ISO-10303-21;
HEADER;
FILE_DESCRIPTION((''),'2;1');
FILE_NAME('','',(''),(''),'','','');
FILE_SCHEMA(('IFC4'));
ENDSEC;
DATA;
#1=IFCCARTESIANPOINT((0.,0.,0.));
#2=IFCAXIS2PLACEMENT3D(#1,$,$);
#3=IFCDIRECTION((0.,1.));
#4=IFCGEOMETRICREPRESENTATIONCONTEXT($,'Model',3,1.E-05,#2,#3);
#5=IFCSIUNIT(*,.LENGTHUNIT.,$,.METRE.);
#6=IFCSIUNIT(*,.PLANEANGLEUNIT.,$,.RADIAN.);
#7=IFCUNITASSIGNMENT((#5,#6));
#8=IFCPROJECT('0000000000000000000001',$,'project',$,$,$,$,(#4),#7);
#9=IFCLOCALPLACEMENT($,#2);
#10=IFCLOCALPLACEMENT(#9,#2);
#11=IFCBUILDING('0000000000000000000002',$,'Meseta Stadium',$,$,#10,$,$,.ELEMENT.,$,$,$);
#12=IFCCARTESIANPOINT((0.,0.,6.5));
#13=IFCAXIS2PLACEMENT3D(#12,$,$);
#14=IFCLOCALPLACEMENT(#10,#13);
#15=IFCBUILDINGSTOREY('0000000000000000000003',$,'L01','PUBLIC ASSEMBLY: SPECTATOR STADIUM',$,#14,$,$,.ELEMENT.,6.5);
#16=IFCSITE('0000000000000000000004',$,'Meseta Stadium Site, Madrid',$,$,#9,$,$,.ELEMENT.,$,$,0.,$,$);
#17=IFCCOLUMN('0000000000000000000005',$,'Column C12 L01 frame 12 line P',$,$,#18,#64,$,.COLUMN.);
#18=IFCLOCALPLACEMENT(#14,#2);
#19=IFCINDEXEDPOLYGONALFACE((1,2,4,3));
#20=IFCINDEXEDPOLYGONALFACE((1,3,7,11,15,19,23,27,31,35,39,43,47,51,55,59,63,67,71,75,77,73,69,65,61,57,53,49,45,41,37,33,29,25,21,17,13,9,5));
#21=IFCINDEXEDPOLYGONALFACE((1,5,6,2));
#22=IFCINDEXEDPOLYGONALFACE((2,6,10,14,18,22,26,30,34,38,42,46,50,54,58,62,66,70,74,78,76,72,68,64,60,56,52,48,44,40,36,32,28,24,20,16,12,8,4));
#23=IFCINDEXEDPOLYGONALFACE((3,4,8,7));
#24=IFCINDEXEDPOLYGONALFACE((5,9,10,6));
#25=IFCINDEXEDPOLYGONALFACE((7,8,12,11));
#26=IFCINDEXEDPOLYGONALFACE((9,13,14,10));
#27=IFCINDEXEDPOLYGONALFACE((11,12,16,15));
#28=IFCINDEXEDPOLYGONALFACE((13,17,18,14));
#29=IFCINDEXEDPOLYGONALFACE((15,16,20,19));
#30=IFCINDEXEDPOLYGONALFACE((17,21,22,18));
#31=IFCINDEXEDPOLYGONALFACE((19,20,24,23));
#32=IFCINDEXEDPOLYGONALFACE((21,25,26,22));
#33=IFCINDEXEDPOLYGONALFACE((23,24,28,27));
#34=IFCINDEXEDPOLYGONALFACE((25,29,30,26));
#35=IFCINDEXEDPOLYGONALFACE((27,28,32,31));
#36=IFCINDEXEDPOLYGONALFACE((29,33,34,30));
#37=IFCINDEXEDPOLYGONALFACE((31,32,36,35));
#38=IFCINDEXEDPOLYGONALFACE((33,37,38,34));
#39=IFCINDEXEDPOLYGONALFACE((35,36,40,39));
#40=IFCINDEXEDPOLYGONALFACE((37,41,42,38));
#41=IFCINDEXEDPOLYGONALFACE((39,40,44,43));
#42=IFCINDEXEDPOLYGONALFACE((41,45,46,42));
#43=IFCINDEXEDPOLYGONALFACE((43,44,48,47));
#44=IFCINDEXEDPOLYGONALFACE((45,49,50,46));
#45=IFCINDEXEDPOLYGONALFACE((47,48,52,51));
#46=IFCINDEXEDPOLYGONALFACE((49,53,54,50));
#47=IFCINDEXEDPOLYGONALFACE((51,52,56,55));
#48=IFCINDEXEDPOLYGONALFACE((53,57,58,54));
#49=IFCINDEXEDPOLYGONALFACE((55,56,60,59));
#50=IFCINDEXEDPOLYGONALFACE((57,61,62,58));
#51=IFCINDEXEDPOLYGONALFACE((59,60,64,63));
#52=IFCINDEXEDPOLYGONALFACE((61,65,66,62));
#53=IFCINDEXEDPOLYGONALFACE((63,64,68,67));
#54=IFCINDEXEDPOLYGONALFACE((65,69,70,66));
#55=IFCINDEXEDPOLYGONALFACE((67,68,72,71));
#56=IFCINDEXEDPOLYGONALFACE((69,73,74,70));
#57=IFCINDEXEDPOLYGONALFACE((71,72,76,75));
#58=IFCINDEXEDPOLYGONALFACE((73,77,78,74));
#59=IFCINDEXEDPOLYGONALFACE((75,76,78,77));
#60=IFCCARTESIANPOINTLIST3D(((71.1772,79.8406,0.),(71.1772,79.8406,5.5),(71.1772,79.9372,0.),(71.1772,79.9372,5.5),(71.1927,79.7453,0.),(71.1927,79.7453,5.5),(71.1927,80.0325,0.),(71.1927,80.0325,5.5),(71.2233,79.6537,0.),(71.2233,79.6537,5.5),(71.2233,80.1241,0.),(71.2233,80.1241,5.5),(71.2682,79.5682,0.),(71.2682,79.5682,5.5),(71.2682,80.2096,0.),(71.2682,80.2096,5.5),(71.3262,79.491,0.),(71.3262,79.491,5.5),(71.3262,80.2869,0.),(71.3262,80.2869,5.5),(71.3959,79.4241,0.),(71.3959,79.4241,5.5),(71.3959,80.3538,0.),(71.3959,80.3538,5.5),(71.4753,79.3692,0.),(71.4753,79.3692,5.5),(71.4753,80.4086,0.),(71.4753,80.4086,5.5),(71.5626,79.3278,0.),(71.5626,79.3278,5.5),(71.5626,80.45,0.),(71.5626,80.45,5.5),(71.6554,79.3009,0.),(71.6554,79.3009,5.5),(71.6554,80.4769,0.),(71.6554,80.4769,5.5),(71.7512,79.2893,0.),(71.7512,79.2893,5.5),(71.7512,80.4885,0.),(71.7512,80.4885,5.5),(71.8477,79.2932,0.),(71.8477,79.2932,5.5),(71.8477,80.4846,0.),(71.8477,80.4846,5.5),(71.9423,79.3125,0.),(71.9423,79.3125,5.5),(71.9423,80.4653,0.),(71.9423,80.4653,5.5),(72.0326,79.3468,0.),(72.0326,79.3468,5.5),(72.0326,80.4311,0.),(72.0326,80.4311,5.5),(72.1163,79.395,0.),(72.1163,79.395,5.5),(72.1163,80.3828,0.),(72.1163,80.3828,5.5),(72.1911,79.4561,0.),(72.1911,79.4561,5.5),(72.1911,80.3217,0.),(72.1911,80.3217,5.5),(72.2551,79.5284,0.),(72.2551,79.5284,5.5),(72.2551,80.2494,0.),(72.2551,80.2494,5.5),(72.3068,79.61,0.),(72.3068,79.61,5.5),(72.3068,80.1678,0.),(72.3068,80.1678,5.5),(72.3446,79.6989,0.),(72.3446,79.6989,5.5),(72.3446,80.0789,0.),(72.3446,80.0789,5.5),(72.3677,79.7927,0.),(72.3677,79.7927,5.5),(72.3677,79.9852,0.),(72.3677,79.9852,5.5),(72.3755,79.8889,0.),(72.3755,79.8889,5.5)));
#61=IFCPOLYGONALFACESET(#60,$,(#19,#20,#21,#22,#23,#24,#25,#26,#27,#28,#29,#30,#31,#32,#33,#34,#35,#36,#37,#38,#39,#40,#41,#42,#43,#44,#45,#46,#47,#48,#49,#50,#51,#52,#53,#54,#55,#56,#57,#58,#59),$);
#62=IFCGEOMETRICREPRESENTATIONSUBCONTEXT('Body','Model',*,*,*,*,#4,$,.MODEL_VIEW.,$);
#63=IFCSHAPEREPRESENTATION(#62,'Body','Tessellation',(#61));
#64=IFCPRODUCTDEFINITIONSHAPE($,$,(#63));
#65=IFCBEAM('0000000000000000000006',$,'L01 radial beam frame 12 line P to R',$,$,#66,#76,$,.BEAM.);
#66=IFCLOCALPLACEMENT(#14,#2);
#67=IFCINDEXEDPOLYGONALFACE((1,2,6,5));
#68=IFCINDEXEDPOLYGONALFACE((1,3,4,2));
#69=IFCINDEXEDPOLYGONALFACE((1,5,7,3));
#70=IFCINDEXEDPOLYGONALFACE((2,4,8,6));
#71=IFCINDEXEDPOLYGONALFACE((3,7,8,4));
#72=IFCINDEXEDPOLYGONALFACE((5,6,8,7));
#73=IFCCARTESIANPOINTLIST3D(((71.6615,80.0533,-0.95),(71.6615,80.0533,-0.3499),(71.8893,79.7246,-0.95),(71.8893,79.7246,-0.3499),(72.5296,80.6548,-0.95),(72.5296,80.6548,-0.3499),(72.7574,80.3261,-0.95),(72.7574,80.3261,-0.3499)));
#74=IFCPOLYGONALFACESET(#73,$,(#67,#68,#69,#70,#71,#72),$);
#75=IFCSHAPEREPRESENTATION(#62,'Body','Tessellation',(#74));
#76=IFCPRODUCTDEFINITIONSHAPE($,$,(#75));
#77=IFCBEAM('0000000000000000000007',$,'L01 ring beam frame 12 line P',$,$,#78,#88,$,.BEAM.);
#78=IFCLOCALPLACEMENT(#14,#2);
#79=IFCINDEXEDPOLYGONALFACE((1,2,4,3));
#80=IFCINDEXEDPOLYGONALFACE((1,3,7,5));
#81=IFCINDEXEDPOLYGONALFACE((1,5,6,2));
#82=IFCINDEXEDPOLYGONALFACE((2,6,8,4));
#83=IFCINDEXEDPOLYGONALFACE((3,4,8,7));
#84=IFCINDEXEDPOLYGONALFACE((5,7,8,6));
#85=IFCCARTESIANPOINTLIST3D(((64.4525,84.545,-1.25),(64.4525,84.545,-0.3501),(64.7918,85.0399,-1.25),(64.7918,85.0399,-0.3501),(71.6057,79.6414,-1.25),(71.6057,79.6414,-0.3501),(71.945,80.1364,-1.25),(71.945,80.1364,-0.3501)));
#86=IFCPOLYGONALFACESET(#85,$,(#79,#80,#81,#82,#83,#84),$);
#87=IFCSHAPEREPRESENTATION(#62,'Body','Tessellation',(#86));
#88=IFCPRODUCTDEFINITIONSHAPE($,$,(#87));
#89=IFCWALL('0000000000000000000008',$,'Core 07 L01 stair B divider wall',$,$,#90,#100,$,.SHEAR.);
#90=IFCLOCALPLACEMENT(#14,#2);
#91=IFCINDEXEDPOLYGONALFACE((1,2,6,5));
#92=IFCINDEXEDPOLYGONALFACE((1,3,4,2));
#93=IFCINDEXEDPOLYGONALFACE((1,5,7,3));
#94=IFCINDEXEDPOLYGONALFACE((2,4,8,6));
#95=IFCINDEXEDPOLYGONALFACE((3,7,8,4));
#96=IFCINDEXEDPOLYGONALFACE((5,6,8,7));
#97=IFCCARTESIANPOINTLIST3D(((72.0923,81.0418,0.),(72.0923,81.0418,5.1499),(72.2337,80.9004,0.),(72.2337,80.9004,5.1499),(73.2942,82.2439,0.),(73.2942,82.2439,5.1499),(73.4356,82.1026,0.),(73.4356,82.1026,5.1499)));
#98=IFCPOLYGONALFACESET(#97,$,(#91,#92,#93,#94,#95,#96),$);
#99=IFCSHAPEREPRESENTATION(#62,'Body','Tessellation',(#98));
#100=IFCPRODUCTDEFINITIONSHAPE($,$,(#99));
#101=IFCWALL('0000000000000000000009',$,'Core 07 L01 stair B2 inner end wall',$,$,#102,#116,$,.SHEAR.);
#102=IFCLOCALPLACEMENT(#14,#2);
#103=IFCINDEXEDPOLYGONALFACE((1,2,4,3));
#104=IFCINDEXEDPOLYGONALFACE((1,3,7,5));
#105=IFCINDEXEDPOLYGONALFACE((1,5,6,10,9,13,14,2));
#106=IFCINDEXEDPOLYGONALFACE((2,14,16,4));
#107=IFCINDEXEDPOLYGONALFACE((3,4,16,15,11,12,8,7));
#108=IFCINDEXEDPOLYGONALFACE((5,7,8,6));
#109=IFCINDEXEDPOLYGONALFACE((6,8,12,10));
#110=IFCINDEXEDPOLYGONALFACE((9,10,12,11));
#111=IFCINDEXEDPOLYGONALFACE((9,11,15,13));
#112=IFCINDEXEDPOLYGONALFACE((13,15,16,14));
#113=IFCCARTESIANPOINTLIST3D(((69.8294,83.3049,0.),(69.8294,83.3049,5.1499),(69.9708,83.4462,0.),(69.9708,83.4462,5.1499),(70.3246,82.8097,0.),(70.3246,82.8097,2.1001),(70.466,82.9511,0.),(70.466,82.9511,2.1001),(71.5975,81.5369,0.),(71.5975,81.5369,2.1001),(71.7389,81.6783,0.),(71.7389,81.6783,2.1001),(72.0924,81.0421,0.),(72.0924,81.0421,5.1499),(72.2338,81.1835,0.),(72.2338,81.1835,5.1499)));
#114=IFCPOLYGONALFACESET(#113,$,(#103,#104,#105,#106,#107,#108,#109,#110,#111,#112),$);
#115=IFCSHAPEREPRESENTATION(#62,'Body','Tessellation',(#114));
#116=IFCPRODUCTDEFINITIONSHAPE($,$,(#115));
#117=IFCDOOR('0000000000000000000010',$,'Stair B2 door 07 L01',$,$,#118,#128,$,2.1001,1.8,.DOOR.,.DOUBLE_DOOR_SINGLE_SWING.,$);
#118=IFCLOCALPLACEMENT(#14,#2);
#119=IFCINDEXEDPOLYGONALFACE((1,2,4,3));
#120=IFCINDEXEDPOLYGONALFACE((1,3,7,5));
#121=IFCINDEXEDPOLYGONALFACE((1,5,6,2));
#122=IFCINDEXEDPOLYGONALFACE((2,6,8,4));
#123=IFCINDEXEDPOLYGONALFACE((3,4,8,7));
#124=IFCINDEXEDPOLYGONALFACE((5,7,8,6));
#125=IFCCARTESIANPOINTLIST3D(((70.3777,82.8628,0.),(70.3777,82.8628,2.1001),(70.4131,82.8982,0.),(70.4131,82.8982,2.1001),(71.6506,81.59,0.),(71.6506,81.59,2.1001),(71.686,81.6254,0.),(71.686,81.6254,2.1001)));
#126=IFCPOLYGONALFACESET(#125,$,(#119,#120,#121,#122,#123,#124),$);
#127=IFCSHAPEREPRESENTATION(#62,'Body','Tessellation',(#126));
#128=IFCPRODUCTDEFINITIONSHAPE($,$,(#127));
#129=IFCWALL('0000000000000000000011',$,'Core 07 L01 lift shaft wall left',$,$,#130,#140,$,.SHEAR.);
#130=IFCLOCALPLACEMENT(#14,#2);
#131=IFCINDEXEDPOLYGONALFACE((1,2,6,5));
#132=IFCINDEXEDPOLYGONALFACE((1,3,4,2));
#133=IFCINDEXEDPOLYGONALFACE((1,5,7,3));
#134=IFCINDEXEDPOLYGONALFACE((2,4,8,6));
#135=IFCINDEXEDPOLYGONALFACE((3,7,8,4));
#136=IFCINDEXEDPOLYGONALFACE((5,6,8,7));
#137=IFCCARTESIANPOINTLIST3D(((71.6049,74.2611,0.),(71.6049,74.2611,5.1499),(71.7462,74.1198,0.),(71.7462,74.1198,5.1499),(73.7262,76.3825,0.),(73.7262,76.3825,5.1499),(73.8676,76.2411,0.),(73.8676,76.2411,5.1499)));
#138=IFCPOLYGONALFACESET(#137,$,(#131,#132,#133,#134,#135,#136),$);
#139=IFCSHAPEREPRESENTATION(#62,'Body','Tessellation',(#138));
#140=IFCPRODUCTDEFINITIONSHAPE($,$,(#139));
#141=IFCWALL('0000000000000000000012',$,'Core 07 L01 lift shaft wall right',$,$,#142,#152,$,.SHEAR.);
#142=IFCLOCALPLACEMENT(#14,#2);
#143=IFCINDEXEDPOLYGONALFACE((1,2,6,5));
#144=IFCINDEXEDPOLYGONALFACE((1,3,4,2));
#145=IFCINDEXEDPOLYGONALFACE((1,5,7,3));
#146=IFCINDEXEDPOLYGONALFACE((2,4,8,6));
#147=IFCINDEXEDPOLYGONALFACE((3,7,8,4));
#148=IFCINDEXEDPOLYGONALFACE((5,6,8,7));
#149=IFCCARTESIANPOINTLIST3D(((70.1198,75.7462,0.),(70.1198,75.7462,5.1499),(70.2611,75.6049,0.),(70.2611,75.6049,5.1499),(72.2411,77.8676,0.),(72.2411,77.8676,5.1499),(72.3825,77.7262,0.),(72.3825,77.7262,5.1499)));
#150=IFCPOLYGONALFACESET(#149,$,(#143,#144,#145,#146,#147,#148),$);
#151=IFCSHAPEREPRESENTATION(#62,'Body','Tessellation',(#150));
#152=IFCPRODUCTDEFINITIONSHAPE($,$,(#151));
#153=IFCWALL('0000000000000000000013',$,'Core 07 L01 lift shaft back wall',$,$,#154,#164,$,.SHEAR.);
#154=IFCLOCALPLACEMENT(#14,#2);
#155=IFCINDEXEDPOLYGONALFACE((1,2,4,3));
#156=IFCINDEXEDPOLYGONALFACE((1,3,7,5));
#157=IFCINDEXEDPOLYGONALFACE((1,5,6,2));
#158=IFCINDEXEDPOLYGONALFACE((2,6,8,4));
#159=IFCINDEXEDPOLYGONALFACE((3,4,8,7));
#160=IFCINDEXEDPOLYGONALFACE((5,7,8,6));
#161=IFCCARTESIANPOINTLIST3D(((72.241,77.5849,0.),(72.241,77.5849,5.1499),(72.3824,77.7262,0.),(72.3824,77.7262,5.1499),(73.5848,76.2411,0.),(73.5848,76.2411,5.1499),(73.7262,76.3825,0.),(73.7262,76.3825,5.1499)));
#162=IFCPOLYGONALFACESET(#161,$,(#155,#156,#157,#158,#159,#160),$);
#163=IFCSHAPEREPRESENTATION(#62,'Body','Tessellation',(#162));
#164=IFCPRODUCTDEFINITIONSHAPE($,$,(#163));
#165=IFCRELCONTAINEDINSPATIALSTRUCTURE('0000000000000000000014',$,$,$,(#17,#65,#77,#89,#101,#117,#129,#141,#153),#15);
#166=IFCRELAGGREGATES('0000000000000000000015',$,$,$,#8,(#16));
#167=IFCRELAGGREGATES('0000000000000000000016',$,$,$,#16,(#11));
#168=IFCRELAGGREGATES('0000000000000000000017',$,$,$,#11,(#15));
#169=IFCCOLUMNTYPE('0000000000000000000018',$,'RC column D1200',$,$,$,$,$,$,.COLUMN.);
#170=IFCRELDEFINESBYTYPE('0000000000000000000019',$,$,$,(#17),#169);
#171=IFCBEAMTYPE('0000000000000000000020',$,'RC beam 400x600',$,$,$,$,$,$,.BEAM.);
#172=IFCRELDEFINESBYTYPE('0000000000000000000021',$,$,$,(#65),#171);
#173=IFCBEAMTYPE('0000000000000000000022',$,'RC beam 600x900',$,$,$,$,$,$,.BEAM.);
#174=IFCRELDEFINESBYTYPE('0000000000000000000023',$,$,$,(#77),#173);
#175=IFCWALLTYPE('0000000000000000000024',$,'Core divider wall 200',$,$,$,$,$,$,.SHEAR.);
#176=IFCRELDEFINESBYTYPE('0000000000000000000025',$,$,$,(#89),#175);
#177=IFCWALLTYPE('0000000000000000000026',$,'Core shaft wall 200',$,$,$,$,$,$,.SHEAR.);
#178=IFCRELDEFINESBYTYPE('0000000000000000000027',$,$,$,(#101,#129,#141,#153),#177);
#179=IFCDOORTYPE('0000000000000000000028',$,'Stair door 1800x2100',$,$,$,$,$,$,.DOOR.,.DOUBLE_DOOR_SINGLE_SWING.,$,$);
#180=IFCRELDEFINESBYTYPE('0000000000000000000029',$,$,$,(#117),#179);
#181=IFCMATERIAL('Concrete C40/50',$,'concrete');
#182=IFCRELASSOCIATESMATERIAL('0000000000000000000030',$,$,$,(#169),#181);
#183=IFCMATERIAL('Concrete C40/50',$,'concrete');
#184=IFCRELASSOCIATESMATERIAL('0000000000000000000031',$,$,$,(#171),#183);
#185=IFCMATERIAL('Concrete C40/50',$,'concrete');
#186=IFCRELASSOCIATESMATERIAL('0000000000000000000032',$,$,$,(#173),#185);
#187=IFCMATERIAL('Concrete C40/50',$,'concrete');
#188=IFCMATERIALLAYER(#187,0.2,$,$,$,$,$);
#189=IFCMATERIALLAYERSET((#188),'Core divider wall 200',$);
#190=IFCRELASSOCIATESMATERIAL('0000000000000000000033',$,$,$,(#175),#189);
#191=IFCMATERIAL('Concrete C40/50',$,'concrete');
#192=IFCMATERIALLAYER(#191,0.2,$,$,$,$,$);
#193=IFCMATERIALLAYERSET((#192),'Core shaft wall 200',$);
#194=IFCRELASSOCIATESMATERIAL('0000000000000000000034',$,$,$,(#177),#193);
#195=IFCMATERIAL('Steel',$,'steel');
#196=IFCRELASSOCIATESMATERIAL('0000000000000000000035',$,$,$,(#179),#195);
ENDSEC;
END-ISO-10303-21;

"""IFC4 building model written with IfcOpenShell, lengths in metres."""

from ifc_helpers import new_model, si_unit, direction, frame, frame_2d, origin, origin_2d, place, context, subcontext, project, spatial, rectangle, circle, extrude, material, layer, layer_set, material_profile, profile_set, type_object, element, fill, save


model = new_model("IFC4")

# Units and contexts
model_context = context("Model", 3, precision=1e-05, world=origin(), true_north=direction((0.0, 1.0)))
body_context = subcontext(model_context, "Body", "Model", "MODEL_VIEW")
ifc_project = project(units=[si_unit("LENGTHUNIT", "METRE"), si_unit("PLANEANGLEUNIT", "RADIAN")], contexts=[model_context])

# Site, building, storey
site_placement = place(None, origin())
site = spatial("IfcSite", under=ifc_project, at=site_placement, Name="Meseta Stadium Site, Madrid", CompositionType="ELEMENT", RefElevation=0.0)
building_placement = place(site_placement, origin())
building = spatial("IfcBuilding", under=site, at=building_placement, Name="Meseta Stadium", CompositionType="ELEMENT")
storey_placement = place(building_placement, frame((0.0, 0.0, 6.5)))
storey = spatial("IfcBuildingStorey", under=building, at=storey_placement, Name="L01", Description="PUBLIC ASSEMBLY: SPECTATOR STADIUM", CompositionType="ELEMENT", Elevation=6.5)

# Column
ifc_material_1 = material(Name="Concrete C40/50", Category="concrete")
ifc_material_profile_1 = material_profile(ifc_material_1, circle(Radius=0.6001, at=origin_2d()), Name="RC D1200")
ifc_profile_set_1 = profile_set([ifc_material_profile_1], Name="Concrete C40/50")
column_type = type_object("IfcColumnType", Name="RC column D1200", PredefinedType="COLUMN", material=ifc_profile_set_1)
column_placement = place(storey_placement, frame((71.7754, 79.8889, 0.0), z_axis=(0.0, 0.0, 1.0), x_axis=(1.0, 0.0, 0.0)))
element("IfcColumn", 1, at=column_placement, inside=storey, type_object=column_type, Name="Column C12 L01 frame 12 line P", PredefinedType="COLUMN", context=body_context, shape_type="SweptSolid", body=[
    extrude(circle(Radius=0.6001, at=origin_2d()), origin(), (0.0, 0.0, 1.0), 5.5),
])

# Beams
ifc_material_2 = material(Name="Concrete C40/50", Category="concrete")
ifc_material_profile_2 = material_profile(ifc_material_2, rectangle(XDim=0.3999, YDim=0.6001, at=origin_2d()), Name="RC 400x600")
ifc_profile_set_2 = profile_set([ifc_material_profile_2], Name="Concrete C40/50")
beam_type_1 = type_object("IfcBeamType", Name="RC beam 400x600", PredefinedType="BEAM", material=ifc_profile_set_2)
beam_1_placement = place(storey_placement, frame((71.7754, 79.8889, -0.6499), z_axis=(0.821959, 0.569546, 0.0), x_axis=(-0.569546, 0.821959, 0.0)))
element("IfcBeam", 2, at=beam_1_placement, inside=storey, type_object=beam_type_1, Name="L01 radial beam frame 12 line P to R", PredefinedType="BEAM", context=body_context, shape_type="SweptSolid", body=[
    extrude(rectangle(XDim=0.3999, YDim=0.6001, at=origin_2d()), origin(), (0.0, 0.0, 1.0), 1.0562),
])
ifc_material_3 = material(Name="Concrete C40/50", Category="concrete")
ifc_material_profile_3 = material_profile(ifc_material_3, rectangle(XDim=0.6001, YDim=0.8999, at=origin_2d()), Name="RC 600x900")
ifc_profile_set_3 = profile_set([ifc_material_profile_3], Name="Concrete C40/50")
beam_type_2 = type_object("IfcBeamType", Name="RC beam 600x900", PredefinedType="BEAM", material=ifc_profile_set_3)
beam_2_placement = place(storey_placement, frame((71.7754, 79.8889, -0.8), z_axis=(-0.824813, 0.565405, 0.0), x_axis=(-0.565405, -0.824813, 0.0)))
element("IfcBeam", 3, at=beam_2_placement, inside=storey, type_object=beam_type_2, Name="L01 ring beam frame 12 line P", PredefinedType="BEAM", context=body_context, shape_type="SweptSolid", body=[
    extrude(rectangle(XDim=0.6001, YDim=0.8999, at=origin_2d()), origin(), (0.0, 0.0, 1.0), 8.6726),
])

# Wall
ifc_material_4 = material(Name="Concrete C40/50", Category="concrete")
ifc_layer_1 = layer(ifc_material_4, 0.2)
ifc_layer_set_1 = layer_set([ifc_layer_1], Name="Core divider wall 200")
wall_type_1 = type_object("IfcWallType", Name="Core divider wall 200", PredefinedType="SHEAR", material=ifc_layer_set_1)
wall_1_placement = place(storey_placement, frame((73.365, 82.1733, 0.0), z_axis=(0.0, 0.0, 1.0), x_axis=(-0.707035, -0.707179, 0.0)))
element("IfcWall", 4, at=wall_1_placement, inside=storey, type_object=wall_type_1, Name="Core 07 L01 stair B divider wall", PredefinedType="SHEAR", context=body_context, shape_type="SweptSolid", body=[
    extrude(rectangle(XDim=1.7, YDim=0.2, at=frame_2d((0.8501, 0.0))), origin(), (0.0, 0.0, 1.0), 5.1499),
])

# Wall, opening, door
ifc_material_5 = material(Name="Concrete C40/50", Category="concrete")
ifc_layer_2 = layer(ifc_material_5, 0.2)
ifc_layer_set_2 = layer_set([ifc_layer_2], Name="Core shaft wall 200")
wall_type_2 = type_object("IfcWallType", Name="Core shaft wall 200", PredefinedType="SHEAR", material=ifc_layer_set_2)
wall_2_placement = place(storey_placement, frame((72.1631, 81.1128, 0.0), z_axis=(0.0, 0.0, 1.0), x_axis=(-0.707145, 0.707069, 0.0)))
wall_2 = element("IfcWall", 5, at=wall_2_placement, inside=storey, type_object=wall_type_2, Name="Core 07 L01 stair B2 inner end wall", PredefinedType="SHEAR", context=body_context, shape_type="SweptSolid", body=[
    extrude(rectangle(XDim=3.2002, YDim=0.2, at=frame_2d((1.6001, 0.0))), origin(), (0.0, 0.0, 1.0), 5.1499),
])
opening_1_placement = place(wall_2_placement, frame((0.7, 0.0, 0.0)))
opening_1 = element("IfcOpeningElement", 6, at=opening_1_placement, cuts=wall_2, PredefinedType="OPENING", context=body_context, shape_type="SweptSolid", body=[
    extrude(rectangle(XDim=1.8, YDim=2.1001, at=frame_2d((0.8999, 1.05))), frame((0.0, 0.1099, 0.0), z_axis=(0.0, -1.0, 0.0), x_axis=(1.0, 0.0, 0.0)), (0.0, 0.0, 1.0), 0.22),
])
ifc_material_6 = material(Name="Steel", Category="steel")
door_type_1 = type_object("IfcDoorType", Name="Stair door 1800x2100", OperationType="DOUBLE_DOOR_SINGLE_SWING", PredefinedType="DOOR", material=ifc_material_6)
door_1_placement = place(opening_1_placement, origin())
door_1 = element("IfcDoor", 7, at=door_1_placement, inside=storey, type_object=door_type_1, Name="Stair B2 door 07 L01", OperationType="DOUBLE_DOOR_SINGLE_SWING", OverallHeight=2.1001, OverallWidth=1.8, PredefinedType="DOOR", context=body_context, shape_type="SweptSolid", body=[
    extrude(rectangle(XDim=1.8, YDim=2.1001, at=frame_2d((0.8999, 1.05))), frame((0.0, 0.0249, 0.0), z_axis=(0.0, -1.0, 0.0), x_axis=(1.0, 0.0, 0.0)), (0.0, 0.0, 1.0), 0.05),
])
fill(opening_1, door_1)

# Walls
for number, where, z_axis, x_axis, name in (
    (8, (73.7969, 76.3118, 0.0), (0.0, 0.0, 1.0), (-0.707107, -0.707107, 0.0), "Core 07 L01 lift shaft wall left"),
    (9, (72.3118, 77.7969, 0.0), (0.0, 0.0, 1.0), (-0.707107, -0.707107, 0.0), "Core 07 L01 lift shaft wall right"),
):
    element("IfcWall", number, at=place(storey_placement, frame(where, z_axis=z_axis, x_axis=x_axis)), inside=storey, type_object=wall_type_2, Name=name, PredefinedType="SHEAR", context=body_context, shape_type="SweptSolid", body=[
        extrude(rectangle(XDim=3.0, YDim=0.2, at=frame_2d((1.5, 0.0))), origin(), (0.0, 0.0, 1.0), 5.1499),
    ])
wall_3_placement = place(storey_placement, frame((73.6555, 76.3118, 0.0), z_axis=(0.0, 0.0, 1.0), x_axis=(-0.707107, 0.707107, 0.0)))
element("IfcWall", 10, at=wall_3_placement, inside=storey, type_object=wall_type_2, Name="Core 07 L01 lift shaft back wall", PredefinedType="SHEAR", context=body_context, shape_type="SweptSolid", body=[
    extrude(rectangle(XDim=1.9004, YDim=0.2, at=frame_2d((0.9502, 0.0))), origin(), (0.0, 0.0, 1.0), 5.1499),
])

save(model, "model.ifc")
